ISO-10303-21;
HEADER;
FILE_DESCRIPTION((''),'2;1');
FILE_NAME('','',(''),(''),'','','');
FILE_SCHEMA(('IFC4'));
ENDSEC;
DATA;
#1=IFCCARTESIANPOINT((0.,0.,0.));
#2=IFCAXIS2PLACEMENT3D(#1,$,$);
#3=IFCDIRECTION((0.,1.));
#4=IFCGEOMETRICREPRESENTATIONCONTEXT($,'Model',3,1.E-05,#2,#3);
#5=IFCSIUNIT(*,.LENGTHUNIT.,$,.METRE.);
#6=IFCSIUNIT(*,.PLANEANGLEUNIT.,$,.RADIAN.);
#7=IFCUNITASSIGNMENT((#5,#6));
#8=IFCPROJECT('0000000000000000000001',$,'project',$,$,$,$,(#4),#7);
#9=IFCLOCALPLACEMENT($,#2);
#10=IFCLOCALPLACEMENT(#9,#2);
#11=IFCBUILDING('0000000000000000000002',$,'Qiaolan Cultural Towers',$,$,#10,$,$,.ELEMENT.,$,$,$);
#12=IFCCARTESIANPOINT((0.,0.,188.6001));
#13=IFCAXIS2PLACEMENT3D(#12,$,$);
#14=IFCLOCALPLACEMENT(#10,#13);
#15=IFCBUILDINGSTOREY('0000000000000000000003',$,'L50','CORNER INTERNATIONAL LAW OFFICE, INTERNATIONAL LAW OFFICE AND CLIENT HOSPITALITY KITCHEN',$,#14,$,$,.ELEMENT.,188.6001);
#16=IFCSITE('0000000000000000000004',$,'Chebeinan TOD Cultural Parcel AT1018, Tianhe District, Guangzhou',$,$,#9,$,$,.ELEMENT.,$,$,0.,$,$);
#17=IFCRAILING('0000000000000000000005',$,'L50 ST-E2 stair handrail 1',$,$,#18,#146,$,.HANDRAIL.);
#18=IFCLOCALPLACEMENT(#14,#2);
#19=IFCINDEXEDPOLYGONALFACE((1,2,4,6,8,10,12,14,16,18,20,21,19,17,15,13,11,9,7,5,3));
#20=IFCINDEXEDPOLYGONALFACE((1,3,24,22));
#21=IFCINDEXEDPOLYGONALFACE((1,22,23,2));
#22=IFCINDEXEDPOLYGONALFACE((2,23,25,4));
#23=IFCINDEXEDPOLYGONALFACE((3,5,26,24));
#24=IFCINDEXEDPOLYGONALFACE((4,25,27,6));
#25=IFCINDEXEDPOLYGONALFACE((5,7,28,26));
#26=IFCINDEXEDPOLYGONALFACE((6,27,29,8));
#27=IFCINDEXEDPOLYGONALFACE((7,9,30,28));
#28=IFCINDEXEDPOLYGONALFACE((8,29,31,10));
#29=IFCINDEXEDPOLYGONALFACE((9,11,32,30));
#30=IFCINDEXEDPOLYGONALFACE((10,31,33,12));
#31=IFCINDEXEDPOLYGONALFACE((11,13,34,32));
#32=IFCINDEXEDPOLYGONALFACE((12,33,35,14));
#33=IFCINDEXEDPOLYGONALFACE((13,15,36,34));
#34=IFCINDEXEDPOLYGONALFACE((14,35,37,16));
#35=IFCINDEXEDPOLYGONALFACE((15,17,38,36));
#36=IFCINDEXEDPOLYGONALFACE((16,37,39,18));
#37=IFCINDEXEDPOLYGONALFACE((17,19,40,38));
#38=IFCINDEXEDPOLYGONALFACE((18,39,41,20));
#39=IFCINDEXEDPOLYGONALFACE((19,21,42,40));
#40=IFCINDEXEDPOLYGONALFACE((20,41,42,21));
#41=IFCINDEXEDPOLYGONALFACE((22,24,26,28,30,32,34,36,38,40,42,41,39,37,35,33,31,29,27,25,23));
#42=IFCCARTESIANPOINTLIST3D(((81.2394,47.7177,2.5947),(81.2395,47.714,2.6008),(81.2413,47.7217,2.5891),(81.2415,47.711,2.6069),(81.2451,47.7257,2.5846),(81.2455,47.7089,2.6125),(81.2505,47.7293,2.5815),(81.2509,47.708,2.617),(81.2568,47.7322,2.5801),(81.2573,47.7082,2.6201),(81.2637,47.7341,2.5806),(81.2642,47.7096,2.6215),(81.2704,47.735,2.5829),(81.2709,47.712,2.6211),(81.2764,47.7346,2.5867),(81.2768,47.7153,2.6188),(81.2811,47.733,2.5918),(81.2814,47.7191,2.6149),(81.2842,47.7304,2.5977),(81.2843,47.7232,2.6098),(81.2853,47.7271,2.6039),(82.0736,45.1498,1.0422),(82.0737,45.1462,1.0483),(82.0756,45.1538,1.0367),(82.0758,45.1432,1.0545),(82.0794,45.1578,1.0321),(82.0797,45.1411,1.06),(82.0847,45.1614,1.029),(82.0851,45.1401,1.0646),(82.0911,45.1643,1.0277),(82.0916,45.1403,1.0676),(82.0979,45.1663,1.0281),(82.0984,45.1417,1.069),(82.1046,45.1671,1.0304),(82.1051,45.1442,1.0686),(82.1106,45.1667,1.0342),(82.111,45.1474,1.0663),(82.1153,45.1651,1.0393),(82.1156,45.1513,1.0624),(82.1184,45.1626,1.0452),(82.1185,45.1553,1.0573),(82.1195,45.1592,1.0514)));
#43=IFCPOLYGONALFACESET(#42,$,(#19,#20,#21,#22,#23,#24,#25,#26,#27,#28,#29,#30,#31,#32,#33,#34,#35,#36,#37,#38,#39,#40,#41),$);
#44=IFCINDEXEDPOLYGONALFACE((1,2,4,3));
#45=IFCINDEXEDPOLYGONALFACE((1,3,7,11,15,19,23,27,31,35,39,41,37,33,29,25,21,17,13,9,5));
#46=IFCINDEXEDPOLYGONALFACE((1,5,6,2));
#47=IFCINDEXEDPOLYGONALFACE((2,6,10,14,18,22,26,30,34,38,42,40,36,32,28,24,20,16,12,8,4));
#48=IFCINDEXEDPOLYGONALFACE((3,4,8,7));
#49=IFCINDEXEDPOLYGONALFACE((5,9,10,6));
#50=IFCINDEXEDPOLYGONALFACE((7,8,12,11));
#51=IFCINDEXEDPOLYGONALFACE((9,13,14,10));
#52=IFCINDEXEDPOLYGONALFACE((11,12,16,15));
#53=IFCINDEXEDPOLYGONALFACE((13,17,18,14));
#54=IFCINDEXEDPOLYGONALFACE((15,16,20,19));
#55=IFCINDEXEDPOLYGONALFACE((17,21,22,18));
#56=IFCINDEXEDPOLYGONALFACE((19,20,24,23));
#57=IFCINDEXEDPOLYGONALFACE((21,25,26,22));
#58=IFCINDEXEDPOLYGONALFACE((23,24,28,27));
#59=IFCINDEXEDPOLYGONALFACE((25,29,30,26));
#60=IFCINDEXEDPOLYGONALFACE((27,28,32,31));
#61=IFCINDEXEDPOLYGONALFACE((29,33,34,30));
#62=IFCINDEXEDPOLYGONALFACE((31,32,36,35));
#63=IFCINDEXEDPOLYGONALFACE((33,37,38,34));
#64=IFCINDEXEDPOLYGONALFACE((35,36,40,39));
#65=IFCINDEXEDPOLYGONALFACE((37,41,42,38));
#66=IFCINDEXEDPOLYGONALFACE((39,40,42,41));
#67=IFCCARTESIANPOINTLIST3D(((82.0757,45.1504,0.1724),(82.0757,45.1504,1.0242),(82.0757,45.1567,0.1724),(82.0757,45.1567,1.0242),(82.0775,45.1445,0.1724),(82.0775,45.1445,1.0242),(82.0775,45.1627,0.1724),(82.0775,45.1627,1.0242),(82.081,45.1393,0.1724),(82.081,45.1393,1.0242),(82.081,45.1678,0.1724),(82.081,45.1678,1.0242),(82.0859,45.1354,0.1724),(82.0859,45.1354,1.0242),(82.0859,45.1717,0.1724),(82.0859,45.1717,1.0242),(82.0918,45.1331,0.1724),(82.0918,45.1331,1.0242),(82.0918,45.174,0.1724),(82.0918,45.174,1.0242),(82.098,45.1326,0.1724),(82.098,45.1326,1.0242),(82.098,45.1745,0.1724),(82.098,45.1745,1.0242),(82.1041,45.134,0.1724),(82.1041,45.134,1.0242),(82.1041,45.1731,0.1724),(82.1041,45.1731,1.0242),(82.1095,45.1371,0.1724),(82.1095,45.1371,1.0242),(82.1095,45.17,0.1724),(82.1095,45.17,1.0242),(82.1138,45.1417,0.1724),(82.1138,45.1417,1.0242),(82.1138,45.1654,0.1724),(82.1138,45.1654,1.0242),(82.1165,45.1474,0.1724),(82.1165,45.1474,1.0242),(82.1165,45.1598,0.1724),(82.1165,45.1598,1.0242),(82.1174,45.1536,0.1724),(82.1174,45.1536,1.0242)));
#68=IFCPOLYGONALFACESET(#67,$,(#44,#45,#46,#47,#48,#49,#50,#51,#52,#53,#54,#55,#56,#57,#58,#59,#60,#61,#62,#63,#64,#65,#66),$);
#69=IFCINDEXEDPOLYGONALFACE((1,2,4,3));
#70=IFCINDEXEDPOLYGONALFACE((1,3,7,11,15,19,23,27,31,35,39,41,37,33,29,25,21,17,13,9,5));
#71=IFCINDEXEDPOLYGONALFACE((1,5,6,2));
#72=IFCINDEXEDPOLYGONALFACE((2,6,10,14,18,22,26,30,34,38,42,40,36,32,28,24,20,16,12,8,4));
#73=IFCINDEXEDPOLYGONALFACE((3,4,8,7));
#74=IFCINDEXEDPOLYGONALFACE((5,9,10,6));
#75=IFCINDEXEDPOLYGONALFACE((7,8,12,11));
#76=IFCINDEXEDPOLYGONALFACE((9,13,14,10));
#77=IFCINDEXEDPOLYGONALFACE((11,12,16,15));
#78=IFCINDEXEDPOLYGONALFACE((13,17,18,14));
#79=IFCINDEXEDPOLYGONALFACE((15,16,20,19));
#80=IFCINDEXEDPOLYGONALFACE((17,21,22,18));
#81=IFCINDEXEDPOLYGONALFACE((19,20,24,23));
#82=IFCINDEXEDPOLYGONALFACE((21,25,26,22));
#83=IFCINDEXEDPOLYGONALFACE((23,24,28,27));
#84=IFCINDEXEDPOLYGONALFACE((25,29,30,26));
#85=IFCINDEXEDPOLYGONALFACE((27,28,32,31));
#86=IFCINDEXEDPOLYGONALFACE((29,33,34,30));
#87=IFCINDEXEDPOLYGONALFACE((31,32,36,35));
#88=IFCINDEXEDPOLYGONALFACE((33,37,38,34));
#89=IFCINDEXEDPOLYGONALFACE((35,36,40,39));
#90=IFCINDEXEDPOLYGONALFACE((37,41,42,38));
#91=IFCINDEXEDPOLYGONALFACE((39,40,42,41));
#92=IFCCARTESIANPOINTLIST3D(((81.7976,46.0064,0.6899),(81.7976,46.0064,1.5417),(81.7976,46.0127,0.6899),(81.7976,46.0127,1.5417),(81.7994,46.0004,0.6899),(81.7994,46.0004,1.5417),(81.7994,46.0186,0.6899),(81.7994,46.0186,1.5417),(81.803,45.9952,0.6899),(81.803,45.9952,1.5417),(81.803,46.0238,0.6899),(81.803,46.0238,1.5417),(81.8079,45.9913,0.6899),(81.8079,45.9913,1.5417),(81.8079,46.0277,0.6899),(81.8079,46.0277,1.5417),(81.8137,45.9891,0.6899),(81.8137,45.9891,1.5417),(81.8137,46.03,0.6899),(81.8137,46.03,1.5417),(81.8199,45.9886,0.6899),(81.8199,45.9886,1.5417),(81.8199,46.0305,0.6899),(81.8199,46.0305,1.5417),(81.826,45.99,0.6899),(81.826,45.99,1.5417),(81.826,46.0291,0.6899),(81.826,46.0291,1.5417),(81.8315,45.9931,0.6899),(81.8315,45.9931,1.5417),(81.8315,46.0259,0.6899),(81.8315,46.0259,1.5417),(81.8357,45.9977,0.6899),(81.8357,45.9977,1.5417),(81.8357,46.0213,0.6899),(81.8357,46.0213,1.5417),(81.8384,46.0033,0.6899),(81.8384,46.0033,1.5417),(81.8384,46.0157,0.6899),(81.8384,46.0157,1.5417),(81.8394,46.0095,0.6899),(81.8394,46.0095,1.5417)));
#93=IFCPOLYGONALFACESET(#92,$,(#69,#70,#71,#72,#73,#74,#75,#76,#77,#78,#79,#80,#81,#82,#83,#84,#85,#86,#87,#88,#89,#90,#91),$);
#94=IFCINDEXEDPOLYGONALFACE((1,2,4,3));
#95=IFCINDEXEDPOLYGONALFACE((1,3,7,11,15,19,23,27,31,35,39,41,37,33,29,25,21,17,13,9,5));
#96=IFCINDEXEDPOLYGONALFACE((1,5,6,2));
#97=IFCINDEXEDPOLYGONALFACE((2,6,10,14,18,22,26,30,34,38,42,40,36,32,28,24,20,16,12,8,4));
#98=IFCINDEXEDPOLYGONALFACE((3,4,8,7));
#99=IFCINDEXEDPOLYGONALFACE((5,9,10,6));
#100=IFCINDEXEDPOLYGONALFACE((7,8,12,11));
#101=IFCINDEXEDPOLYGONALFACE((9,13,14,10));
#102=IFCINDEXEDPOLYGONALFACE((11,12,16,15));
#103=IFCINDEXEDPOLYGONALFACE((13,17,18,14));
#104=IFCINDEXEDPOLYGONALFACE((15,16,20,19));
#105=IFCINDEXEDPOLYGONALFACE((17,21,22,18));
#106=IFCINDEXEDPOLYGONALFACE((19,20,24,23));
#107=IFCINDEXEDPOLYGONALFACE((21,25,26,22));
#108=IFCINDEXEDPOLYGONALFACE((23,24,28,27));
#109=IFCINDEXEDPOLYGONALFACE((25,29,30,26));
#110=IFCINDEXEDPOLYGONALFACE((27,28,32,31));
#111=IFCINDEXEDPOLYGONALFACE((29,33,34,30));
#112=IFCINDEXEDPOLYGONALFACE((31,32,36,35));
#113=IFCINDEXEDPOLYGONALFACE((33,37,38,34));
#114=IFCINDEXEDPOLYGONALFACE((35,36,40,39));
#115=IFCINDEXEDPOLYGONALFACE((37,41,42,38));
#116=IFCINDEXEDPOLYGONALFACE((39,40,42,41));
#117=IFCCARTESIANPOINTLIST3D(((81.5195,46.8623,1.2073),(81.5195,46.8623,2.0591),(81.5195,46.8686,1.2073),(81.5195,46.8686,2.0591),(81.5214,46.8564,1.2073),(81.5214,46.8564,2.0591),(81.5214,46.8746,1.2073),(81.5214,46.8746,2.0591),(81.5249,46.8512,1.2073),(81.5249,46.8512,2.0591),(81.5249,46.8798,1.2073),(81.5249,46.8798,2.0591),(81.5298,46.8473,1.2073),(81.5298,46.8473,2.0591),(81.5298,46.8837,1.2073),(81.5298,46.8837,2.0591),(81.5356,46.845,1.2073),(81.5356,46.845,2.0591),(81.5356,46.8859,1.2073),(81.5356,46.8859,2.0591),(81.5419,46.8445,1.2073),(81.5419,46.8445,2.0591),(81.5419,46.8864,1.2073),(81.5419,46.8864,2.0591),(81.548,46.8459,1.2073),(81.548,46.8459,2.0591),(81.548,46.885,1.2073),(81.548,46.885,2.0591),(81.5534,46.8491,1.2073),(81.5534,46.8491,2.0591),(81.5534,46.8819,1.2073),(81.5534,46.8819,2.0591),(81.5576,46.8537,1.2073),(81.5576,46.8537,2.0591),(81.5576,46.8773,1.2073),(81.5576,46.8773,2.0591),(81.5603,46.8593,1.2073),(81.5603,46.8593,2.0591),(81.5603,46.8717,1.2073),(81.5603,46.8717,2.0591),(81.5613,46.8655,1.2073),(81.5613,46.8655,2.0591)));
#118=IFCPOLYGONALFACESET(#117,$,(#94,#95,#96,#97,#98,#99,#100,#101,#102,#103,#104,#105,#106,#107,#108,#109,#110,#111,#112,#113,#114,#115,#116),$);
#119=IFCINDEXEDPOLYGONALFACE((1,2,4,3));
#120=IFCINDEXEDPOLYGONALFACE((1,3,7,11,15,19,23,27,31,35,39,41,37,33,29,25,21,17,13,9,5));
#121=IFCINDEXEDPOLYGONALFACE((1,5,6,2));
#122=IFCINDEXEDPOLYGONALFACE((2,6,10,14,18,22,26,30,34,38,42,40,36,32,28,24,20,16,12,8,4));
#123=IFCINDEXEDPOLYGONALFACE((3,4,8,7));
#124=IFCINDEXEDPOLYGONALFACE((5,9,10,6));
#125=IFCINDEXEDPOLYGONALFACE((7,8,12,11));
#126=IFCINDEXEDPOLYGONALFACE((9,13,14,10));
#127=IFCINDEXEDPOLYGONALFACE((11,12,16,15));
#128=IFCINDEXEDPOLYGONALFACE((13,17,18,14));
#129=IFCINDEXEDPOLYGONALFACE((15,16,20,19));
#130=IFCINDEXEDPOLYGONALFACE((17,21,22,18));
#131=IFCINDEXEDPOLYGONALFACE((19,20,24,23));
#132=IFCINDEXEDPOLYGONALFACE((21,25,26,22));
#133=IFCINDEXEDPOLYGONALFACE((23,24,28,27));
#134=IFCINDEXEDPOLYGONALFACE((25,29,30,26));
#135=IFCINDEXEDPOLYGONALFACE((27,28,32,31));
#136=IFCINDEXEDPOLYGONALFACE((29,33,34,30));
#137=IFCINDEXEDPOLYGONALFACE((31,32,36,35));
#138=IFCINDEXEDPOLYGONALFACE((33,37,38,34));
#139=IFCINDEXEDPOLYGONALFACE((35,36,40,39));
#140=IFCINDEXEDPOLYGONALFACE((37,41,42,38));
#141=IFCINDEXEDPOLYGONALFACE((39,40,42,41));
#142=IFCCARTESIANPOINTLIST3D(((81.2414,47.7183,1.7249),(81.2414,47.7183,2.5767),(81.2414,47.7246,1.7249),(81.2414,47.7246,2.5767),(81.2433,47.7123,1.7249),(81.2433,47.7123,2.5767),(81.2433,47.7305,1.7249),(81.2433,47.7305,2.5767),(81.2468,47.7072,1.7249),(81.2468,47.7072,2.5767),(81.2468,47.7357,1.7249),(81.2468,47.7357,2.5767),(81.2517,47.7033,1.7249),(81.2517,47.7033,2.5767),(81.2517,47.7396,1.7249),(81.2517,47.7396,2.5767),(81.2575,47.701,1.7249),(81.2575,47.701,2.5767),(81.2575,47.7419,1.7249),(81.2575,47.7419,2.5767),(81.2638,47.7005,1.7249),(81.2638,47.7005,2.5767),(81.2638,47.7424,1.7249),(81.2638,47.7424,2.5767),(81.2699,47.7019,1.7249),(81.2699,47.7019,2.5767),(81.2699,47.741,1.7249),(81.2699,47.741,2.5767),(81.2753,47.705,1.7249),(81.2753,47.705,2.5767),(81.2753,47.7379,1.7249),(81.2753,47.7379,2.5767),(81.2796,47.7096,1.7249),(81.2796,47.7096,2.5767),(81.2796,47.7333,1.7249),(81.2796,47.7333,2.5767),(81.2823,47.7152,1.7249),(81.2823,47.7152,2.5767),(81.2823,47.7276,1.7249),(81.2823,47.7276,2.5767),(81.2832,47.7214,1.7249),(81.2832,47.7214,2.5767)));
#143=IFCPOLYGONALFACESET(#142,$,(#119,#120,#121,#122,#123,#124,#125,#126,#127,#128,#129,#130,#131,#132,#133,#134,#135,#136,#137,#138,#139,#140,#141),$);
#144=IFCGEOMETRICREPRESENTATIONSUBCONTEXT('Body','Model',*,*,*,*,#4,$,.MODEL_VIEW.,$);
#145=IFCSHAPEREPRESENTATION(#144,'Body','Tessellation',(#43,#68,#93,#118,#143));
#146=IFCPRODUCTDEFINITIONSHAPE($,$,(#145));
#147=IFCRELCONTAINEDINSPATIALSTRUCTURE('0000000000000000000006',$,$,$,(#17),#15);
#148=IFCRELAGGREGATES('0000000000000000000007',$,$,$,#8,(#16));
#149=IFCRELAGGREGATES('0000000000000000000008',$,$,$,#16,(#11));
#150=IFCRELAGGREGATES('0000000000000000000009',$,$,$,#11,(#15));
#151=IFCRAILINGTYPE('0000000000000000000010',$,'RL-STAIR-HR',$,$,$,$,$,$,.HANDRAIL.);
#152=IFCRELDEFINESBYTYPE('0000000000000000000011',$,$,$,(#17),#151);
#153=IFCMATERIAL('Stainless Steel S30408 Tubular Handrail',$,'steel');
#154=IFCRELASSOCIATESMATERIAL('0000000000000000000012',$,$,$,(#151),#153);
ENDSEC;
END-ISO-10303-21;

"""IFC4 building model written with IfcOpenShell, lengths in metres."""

from ifc_helpers import new_model, si_unit, direction, frame, origin, origin_2d, place, context, subcontext, project, spatial, circle, extrude, material, type_object, element, save


model = new_model("IFC4")

# Units and contexts
model_context = context("Model", 3, precision=1e-05, world=origin(), true_north=direction((0.0, 1.0)))
body_context = subcontext(model_context, "Body", "Model", "MODEL_VIEW")
ifc_project = project(units=[si_unit("LENGTHUNIT", "METRE"), si_unit("PLANEANGLEUNIT", "RADIAN")], contexts=[model_context])

# Site, building, storey
site_placement = place(None, origin())
site = spatial("IfcSite", under=ifc_project, at=site_placement, Name="Chebeinan TOD Cultural Parcel AT1018, Tianhe District, Guangzhou", CompositionType="ELEMENT", RefElevation=0.0)
building_placement = place(site_placement, origin())
building = spatial("IfcBuilding", under=site, at=building_placement, Name="Qiaolan Cultural Towers", CompositionType="ELEMENT")
storey_placement = place(building_placement, frame((0.0, 0.0, 188.6001)))
storey = spatial("IfcBuildingStorey", under=building, at=storey_placement, Name="L50", Description="CORNER INTERNATIONAL LAW OFFICE, INTERNATIONAL LAW OFFICE AND CLIENT HOSPITALITY KITCHEN", CompositionType="ELEMENT", Elevation=188.6001)

# Railing
ifc_material_1 = material(Name="Stainless Steel S30408 Tubular Handrail", Category="steel")
railing_type_1 = type_object("IfcRailingType", Name="RL-STAIR-HR", PredefinedType="HANDRAIL", material=ifc_material_1)
railing_1_placement = place(storey_placement, frame((82.0964, 45.1536, 0.1724)))
element("IfcRailing", 1, at=railing_1_placement, inside=storey, type_object=railing_type_1, Name="L50 ST-E2 stair handrail 1", PredefinedType="HANDRAIL", context=body_context, shape_type="SweptSolid", body=[
    extrude(circle(Radius=0.0239, at=origin_2d()), frame((0.0, 0.0, 0.876), z_axis=(-0.267853, 0.824488, 0.498471), x_axis=(-0.95107, -0.308976, 0.0)), (0.0, 0.0, 1.0), 3.1145),
    extrude(circle(Radius=0.021, at=origin_2d()), origin(), (0.0, 0.0, 1.0), 0.8518),
    extrude(circle(Radius=0.021, at=origin_2d()), frame((-0.2781, 0.856, 0.5176)), (0.0, 0.0, 1.0), 0.8518),
    extrude(circle(Radius=0.021, at=origin_2d()), frame((-0.5562, 1.7119, 1.0349)), (0.0, 0.0, 1.0), 0.8518),
    extrude(circle(Radius=0.021, at=origin_2d()), frame((-0.8342, 2.5679, 1.5525)), (0.0, 0.0, 1.0), 0.8518),
])

save(model, "model.ifc")
